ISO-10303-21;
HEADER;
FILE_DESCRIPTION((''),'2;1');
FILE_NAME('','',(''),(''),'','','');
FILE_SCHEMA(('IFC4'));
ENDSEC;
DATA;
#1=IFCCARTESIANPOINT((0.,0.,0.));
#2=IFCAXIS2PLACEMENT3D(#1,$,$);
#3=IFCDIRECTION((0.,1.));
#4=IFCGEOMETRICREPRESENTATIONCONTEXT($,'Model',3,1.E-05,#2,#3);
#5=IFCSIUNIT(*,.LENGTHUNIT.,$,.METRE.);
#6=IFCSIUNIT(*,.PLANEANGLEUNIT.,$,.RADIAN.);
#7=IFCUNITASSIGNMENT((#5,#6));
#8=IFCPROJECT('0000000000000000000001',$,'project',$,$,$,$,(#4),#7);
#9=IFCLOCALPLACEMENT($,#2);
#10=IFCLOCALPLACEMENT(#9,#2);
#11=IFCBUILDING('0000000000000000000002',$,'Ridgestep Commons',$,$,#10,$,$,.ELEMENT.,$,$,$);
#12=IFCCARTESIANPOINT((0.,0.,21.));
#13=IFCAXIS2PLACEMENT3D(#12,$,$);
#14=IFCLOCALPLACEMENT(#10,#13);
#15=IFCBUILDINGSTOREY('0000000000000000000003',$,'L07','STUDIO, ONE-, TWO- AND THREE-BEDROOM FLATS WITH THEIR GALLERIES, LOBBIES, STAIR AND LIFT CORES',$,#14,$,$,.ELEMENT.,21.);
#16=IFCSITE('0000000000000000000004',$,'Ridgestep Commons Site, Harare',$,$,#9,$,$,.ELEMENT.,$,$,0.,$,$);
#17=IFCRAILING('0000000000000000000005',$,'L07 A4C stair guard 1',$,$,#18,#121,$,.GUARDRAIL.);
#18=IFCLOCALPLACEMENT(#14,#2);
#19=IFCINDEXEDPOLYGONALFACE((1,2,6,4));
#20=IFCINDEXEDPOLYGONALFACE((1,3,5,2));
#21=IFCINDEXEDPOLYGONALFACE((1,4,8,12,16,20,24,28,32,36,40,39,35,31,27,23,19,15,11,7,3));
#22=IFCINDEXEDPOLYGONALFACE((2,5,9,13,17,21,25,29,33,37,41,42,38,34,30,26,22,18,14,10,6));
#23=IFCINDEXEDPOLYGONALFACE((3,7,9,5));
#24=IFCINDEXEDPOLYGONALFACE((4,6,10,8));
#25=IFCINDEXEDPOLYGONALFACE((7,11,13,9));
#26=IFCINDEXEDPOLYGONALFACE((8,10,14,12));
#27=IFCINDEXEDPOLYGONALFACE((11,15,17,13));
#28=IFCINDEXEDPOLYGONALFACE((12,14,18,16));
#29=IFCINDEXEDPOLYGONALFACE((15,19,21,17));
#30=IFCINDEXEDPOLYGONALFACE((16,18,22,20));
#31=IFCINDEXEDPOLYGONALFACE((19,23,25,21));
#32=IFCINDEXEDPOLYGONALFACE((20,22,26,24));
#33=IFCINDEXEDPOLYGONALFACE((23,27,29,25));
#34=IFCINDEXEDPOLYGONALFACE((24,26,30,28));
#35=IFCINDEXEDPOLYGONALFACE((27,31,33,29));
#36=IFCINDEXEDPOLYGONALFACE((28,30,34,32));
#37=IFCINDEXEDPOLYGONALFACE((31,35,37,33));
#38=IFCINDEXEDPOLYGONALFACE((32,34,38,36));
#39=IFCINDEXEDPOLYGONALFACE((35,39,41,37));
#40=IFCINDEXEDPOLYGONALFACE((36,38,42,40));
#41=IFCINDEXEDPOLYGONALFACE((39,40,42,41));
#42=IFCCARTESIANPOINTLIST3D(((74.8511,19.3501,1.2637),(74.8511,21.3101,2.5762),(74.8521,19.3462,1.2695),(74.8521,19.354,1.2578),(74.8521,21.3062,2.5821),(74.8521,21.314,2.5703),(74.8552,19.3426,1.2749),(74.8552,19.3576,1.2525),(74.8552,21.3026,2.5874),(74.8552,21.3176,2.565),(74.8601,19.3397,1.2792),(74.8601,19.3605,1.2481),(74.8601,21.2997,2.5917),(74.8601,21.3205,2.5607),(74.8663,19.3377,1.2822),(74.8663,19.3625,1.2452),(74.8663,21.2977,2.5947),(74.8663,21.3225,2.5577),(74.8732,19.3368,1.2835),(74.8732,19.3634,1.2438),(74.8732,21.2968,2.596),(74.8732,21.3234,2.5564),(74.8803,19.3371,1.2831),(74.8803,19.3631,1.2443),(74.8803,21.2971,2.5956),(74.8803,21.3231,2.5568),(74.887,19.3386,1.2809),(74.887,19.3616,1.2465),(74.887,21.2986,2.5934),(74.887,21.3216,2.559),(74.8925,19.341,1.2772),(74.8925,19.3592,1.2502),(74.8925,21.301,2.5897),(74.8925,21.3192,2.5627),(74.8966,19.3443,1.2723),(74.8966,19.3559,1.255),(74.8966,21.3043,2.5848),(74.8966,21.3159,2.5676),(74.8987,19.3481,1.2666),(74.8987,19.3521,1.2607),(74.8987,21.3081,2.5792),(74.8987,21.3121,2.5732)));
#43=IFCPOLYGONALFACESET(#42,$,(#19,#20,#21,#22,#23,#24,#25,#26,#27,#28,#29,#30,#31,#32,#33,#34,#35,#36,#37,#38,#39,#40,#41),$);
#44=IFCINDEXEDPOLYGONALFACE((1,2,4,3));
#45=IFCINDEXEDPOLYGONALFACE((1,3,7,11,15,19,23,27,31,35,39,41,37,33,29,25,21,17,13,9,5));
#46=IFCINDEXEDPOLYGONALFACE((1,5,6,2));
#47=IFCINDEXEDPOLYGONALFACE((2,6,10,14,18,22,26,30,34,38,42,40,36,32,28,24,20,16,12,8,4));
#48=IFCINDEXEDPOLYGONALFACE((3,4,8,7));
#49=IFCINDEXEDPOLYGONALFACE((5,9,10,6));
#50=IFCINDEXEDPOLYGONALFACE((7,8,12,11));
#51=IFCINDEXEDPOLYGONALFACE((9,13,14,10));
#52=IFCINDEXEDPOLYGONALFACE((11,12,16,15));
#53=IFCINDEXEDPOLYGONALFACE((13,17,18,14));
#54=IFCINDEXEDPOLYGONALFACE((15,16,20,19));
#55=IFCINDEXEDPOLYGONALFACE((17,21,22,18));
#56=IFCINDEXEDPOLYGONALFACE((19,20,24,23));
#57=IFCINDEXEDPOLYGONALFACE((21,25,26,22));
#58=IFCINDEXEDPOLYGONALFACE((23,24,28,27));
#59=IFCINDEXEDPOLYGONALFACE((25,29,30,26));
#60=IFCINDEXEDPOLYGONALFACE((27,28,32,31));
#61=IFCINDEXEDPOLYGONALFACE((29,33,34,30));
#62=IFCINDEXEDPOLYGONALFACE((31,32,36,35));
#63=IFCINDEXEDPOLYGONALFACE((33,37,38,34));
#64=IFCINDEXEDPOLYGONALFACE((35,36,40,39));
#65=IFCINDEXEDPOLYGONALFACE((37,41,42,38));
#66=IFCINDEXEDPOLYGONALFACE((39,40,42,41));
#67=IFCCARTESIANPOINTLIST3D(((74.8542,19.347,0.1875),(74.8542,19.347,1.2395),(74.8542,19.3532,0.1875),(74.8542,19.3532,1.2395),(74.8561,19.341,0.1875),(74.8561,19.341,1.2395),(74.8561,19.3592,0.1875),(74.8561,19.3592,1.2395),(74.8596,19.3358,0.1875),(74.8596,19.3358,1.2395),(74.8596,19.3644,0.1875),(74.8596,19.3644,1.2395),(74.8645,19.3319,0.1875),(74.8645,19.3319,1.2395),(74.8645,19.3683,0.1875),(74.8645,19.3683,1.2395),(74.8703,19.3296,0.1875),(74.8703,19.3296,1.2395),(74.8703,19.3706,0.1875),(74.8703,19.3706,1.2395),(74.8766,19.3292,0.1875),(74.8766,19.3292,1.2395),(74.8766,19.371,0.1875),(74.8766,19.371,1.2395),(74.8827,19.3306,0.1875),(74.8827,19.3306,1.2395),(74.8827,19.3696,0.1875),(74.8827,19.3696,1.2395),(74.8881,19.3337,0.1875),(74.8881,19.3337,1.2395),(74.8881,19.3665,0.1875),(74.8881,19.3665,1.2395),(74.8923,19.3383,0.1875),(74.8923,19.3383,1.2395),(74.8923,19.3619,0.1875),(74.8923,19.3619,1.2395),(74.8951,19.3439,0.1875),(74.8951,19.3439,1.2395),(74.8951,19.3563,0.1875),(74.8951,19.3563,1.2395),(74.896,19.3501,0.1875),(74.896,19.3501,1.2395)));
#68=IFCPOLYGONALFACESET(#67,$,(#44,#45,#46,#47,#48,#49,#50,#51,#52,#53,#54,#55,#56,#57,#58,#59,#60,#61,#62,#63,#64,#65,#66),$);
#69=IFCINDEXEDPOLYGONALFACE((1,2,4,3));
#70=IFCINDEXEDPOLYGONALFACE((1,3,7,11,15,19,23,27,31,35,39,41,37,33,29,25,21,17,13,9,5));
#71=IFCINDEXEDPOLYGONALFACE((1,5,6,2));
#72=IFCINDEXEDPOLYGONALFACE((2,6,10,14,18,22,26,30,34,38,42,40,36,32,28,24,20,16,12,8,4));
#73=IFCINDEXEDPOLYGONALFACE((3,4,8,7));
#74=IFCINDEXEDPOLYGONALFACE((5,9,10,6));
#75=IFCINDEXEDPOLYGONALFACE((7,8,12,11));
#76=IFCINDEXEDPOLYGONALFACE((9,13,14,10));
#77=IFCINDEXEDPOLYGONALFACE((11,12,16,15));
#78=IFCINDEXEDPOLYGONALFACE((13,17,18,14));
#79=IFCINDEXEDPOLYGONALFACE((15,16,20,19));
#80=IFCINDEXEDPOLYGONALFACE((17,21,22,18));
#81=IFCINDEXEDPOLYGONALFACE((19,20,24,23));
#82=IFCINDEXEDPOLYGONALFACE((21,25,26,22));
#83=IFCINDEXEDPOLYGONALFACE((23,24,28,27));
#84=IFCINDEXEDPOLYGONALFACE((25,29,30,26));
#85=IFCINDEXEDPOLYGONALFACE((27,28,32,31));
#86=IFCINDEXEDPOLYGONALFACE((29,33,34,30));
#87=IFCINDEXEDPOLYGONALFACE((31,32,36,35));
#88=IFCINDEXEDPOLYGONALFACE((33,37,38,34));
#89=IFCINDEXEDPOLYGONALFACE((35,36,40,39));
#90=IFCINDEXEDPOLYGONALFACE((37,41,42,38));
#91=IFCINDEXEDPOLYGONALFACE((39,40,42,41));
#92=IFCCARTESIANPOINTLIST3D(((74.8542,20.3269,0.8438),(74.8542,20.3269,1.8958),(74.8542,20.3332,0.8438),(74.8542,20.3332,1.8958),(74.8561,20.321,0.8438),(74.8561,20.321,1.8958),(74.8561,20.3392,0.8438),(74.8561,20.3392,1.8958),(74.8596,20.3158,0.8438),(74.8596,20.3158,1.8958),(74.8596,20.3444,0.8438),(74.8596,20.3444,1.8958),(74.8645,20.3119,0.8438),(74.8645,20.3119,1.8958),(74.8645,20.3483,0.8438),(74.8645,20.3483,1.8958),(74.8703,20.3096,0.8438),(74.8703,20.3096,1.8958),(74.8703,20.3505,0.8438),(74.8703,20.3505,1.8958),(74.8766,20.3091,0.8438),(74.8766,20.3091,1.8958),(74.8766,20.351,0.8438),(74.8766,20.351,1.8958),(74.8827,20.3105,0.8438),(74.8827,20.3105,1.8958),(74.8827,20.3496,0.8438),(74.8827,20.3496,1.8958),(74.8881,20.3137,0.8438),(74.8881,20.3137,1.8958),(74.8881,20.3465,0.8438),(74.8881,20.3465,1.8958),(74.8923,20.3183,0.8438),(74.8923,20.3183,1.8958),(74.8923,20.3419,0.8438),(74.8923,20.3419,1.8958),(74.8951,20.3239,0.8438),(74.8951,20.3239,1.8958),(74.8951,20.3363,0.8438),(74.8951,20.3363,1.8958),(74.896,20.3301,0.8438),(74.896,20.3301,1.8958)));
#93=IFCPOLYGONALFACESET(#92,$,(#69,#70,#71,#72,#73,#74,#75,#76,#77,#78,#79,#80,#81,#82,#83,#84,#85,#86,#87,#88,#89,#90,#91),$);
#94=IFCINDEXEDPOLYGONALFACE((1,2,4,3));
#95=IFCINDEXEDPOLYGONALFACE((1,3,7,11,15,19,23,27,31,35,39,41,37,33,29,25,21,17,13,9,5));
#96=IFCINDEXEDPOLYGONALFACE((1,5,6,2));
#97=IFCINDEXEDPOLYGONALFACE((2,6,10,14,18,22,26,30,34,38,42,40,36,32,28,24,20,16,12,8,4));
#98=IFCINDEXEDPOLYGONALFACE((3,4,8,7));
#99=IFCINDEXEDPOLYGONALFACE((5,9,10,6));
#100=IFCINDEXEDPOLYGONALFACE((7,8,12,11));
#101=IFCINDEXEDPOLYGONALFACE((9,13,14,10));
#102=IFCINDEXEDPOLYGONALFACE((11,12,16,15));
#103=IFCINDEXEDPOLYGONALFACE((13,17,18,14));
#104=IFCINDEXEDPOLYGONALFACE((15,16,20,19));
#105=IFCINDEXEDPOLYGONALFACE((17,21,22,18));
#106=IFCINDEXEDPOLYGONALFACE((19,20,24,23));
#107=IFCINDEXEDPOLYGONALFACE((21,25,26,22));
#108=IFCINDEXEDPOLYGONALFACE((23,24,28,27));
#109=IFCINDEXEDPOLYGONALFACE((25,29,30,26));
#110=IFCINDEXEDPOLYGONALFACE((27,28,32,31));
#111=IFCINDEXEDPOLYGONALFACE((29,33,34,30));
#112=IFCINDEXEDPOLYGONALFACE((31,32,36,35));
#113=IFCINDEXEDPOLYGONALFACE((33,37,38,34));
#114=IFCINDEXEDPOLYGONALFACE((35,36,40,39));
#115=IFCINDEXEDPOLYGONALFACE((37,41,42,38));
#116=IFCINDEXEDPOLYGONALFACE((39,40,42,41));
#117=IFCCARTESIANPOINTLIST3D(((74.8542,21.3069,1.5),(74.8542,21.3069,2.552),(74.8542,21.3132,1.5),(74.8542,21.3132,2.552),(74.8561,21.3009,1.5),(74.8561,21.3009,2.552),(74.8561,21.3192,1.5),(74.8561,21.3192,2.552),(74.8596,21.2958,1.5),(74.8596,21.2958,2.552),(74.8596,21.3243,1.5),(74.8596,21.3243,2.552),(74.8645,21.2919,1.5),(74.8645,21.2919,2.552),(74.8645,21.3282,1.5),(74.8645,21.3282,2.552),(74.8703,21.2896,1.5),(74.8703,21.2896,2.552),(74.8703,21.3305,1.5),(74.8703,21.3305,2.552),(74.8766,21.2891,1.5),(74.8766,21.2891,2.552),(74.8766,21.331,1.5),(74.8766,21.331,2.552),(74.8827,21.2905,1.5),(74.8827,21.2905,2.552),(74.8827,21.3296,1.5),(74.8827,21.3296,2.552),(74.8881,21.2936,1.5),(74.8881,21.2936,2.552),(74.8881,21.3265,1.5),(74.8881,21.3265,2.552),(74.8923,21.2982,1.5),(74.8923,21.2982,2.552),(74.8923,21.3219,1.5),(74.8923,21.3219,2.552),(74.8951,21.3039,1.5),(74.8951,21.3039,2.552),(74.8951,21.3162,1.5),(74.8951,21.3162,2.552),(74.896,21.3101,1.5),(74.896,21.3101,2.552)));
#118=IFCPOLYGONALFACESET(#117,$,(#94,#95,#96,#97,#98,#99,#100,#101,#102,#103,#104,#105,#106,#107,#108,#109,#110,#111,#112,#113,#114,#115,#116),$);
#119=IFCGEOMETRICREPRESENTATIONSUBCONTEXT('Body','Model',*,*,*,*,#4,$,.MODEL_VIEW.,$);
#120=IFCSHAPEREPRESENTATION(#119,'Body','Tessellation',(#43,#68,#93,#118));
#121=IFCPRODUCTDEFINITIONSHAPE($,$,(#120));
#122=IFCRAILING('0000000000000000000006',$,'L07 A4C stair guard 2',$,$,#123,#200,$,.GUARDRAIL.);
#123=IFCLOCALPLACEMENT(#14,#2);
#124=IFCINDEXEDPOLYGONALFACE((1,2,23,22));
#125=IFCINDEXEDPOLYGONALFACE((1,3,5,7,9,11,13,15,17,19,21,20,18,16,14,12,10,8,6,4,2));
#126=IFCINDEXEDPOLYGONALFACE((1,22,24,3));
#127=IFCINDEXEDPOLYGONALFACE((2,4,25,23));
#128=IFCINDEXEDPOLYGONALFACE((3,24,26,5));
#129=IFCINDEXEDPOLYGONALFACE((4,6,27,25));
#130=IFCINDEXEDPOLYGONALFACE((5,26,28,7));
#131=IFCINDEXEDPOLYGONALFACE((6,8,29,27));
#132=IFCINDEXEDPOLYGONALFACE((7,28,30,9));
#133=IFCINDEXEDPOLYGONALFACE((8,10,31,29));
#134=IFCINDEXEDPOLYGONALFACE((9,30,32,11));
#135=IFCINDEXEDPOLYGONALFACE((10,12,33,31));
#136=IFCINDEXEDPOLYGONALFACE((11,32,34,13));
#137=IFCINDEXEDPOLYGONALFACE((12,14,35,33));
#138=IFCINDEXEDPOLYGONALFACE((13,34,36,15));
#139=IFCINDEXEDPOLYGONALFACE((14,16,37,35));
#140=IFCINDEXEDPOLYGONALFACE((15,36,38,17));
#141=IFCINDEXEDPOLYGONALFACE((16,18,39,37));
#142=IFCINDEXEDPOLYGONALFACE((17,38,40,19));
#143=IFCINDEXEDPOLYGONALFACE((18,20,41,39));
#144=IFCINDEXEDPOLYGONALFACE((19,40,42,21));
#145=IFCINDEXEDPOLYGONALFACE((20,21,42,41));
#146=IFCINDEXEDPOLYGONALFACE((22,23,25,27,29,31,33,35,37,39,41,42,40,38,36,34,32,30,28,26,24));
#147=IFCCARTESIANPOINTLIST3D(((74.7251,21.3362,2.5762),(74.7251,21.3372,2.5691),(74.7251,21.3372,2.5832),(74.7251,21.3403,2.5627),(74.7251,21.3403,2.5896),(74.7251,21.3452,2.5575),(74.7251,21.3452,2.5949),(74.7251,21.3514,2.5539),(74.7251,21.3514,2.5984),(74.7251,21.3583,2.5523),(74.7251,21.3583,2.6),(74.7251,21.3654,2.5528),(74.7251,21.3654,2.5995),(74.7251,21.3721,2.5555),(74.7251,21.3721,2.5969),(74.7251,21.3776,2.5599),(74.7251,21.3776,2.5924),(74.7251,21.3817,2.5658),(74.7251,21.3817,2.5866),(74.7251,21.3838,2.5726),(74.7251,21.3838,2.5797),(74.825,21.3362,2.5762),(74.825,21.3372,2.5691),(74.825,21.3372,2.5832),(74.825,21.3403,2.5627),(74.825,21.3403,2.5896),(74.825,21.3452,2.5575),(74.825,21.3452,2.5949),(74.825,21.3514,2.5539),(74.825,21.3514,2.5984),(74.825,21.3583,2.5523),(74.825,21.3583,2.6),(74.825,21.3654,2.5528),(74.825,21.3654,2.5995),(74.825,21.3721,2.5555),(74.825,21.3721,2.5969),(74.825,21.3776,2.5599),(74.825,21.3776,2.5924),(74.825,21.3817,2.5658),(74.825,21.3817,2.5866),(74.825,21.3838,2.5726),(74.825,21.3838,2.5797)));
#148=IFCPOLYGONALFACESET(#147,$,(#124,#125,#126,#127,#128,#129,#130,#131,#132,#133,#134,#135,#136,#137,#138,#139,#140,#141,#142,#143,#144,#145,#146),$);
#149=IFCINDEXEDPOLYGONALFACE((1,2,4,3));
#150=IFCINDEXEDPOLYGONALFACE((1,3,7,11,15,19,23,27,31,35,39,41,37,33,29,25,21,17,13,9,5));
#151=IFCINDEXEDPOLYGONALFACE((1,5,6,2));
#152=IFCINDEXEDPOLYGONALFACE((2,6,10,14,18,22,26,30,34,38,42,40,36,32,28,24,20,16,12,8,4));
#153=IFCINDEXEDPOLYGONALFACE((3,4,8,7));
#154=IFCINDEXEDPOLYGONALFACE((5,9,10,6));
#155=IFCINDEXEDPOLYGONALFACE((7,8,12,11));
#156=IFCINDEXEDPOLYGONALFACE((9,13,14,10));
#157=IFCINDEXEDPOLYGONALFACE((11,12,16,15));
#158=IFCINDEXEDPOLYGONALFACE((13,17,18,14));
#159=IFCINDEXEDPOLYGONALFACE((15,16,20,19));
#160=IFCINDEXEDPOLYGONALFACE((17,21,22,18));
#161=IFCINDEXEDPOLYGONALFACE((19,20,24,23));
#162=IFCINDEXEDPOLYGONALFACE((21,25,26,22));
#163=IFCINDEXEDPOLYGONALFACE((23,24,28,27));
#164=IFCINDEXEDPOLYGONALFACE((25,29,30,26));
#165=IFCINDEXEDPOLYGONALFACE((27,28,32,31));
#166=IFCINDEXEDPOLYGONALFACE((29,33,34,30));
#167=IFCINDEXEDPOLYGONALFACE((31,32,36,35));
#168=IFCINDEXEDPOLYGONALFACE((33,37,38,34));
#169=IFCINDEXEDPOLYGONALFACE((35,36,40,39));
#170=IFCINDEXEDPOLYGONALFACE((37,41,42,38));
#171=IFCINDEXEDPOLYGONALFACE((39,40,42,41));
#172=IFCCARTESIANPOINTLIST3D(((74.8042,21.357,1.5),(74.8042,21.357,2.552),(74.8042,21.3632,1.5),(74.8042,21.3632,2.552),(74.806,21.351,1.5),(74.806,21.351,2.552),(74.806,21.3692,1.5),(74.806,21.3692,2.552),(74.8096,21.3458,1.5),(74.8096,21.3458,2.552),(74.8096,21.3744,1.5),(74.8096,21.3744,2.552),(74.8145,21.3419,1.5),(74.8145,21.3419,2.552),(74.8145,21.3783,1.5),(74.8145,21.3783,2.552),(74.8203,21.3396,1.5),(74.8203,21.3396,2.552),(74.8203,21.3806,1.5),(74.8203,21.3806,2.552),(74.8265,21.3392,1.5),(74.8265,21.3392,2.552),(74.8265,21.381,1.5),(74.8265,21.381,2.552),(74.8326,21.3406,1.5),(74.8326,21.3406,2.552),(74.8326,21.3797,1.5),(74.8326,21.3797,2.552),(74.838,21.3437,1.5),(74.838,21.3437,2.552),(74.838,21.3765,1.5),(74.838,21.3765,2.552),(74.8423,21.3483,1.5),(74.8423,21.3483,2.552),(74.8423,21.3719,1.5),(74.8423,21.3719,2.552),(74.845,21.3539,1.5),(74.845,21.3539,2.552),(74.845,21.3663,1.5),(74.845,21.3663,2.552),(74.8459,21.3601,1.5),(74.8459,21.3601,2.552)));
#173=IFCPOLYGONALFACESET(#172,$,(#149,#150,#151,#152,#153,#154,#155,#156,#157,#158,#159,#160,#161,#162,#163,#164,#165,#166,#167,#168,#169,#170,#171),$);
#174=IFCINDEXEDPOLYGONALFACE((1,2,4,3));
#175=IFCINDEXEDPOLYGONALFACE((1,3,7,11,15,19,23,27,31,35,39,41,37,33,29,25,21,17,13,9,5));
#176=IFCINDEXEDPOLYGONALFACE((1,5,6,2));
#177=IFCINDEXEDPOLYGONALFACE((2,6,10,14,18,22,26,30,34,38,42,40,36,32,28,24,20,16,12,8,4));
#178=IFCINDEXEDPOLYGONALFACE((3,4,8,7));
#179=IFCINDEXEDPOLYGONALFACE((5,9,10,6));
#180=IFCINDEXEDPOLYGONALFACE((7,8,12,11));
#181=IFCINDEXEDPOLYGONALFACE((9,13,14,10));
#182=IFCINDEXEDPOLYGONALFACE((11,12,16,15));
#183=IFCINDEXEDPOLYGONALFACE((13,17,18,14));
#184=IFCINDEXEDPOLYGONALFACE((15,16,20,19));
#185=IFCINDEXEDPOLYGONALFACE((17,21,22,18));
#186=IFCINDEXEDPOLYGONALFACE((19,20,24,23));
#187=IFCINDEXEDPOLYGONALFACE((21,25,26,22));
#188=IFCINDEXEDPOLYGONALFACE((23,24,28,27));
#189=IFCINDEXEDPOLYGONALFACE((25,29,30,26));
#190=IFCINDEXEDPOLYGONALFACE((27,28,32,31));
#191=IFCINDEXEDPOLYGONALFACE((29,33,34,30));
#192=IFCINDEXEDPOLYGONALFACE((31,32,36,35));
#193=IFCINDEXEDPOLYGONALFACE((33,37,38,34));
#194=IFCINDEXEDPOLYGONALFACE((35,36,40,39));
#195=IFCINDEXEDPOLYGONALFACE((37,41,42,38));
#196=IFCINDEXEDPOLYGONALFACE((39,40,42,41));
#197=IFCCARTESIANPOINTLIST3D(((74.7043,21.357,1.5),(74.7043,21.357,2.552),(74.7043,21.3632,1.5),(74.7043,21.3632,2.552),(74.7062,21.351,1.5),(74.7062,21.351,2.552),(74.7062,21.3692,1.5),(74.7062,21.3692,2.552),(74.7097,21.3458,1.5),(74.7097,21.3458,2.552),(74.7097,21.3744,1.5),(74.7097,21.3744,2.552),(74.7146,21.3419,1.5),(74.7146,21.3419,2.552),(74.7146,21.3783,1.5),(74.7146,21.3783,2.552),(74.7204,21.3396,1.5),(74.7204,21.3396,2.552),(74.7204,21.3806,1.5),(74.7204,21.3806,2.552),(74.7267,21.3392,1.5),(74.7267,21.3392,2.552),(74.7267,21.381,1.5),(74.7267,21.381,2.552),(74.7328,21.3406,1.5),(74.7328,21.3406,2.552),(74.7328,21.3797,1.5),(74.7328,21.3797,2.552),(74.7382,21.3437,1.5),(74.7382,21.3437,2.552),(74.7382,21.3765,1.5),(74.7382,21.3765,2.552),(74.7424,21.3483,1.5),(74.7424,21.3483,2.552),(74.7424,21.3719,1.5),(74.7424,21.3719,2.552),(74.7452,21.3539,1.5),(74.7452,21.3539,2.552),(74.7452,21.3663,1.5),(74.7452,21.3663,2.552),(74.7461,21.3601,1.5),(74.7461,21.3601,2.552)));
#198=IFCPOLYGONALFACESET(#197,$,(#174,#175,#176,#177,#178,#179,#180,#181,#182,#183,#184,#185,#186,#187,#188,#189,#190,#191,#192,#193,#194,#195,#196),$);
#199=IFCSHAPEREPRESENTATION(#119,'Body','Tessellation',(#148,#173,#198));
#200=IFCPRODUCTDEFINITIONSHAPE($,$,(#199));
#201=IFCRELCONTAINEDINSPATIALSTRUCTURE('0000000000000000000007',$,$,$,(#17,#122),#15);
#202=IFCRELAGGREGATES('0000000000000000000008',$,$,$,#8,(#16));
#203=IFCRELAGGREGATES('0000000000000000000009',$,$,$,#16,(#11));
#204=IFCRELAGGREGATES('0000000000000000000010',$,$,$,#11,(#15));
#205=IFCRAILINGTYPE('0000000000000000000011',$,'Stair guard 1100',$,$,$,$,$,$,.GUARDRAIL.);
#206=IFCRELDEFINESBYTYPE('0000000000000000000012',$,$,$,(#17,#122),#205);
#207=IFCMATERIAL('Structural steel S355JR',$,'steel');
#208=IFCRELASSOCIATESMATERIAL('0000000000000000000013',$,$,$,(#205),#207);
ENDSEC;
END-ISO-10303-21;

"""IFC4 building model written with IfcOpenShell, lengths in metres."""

from ifc_helpers import new_model, si_unit, direction, frame, origin, origin_2d, place, context, subcontext, project, spatial, circle, extrude, material, type_object, element, save


model = new_model("IFC4")

# Units and contexts
model_context = context("Model", 3, precision=1e-05, world=origin(), true_north=direction((0.0, 1.0)))
body_context = subcontext(model_context, "Body", "Model", "MODEL_VIEW")
ifc_project = project(units=[si_unit("LENGTHUNIT", "METRE"), si_unit("PLANEANGLEUNIT", "RADIAN")], contexts=[model_context])

# Site, building, storey
site_placement = place(None, origin())
site = spatial("IfcSite", under=ifc_project, at=site_placement, Name="Ridgestep Commons Site, Harare", CompositionType="ELEMENT", RefElevation=0.0)
building_placement = place(site_placement, origin())
building = spatial("IfcBuilding", under=site, at=building_placement, Name="Ridgestep Commons", CompositionType="ELEMENT")
storey_placement = place(building_placement, frame((0.0, 0.0, 21.0)))
storey = spatial("IfcBuildingStorey", under=building, at=storey_placement, Name="L07", Description="STUDIO, ONE-, TWO- AND THREE-BEDROOM FLATS WITH THEIR GALLERIES, LOBBIES, STAIR AND LIFT CORES", CompositionType="ELEMENT", Elevation=21.0)

# Railings
ifc_material_1 = material(Name="Structural steel S355JR", Category="steel")
railing_type_1 = type_object("IfcRailingType", Name="Stair guard 1100", PredefinedType="GUARDRAIL", material=ifc_material_1)
railing_1_placement = place(storey_placement, frame((74.875, 19.3501, 0.1875)))
element("IfcRailing", 1, at=railing_1_placement, inside=storey, type_object=railing_type_1, Name="L07 A4C stair guard 1", PredefinedType="GUARDRAIL", context=body_context, shape_type="SweptSolid", body=[
    extrude(circle(Radius=0.0239, at=origin_2d()), frame((0.0, 0.0, 1.0762), z_axis=(0.0, 0.830902, 0.556419), x_axis=(-1.0, 0.0, 0.0)), (0.0, 0.0, 1.0), 2.3589),
    extrude(circle(Radius=0.021, at=origin_2d()), origin(), (0.0, 0.0, 1.0), 1.052),
    extrude(circle(Radius=0.021, at=origin_2d()), frame((0.0, 0.98, 0.6562)), (0.0, 0.0, 1.0), 1.052),
    extrude(circle(Radius=0.021, at=origin_2d()), frame((0.0, 1.96, 1.3125)), (0.0, 0.0, 1.0), 1.052),
])
railing_2_placement = place(storey_placement, frame((74.825, 21.3601, 1.5)))
element("IfcRailing", 2, at=railing_2_placement, inside=storey, type_object=railing_type_1, Name="L07 A4C stair guard 2", PredefinedType="GUARDRAIL", context=body_context, shape_type="SweptSolid", body=[
    extrude(circle(Radius=0.0239, at=origin_2d()), frame((0.0, 0.0, 1.0762), z_axis=(-1.0, 0.0, 0.0), x_axis=(0.0, -1.0, 0.0)), (0.0, 0.0, 1.0), 0.0999),
    extrude(circle(Radius=0.021, at=origin_2d()), origin(), (0.0, 0.0, 1.0), 1.052),
    extrude(circle(Radius=0.021, at=origin_2d()), frame((-0.0999, 0.0, 0.0)), (0.0, 0.0, 1.0), 1.052),
])

save(model, "model.ifc")
